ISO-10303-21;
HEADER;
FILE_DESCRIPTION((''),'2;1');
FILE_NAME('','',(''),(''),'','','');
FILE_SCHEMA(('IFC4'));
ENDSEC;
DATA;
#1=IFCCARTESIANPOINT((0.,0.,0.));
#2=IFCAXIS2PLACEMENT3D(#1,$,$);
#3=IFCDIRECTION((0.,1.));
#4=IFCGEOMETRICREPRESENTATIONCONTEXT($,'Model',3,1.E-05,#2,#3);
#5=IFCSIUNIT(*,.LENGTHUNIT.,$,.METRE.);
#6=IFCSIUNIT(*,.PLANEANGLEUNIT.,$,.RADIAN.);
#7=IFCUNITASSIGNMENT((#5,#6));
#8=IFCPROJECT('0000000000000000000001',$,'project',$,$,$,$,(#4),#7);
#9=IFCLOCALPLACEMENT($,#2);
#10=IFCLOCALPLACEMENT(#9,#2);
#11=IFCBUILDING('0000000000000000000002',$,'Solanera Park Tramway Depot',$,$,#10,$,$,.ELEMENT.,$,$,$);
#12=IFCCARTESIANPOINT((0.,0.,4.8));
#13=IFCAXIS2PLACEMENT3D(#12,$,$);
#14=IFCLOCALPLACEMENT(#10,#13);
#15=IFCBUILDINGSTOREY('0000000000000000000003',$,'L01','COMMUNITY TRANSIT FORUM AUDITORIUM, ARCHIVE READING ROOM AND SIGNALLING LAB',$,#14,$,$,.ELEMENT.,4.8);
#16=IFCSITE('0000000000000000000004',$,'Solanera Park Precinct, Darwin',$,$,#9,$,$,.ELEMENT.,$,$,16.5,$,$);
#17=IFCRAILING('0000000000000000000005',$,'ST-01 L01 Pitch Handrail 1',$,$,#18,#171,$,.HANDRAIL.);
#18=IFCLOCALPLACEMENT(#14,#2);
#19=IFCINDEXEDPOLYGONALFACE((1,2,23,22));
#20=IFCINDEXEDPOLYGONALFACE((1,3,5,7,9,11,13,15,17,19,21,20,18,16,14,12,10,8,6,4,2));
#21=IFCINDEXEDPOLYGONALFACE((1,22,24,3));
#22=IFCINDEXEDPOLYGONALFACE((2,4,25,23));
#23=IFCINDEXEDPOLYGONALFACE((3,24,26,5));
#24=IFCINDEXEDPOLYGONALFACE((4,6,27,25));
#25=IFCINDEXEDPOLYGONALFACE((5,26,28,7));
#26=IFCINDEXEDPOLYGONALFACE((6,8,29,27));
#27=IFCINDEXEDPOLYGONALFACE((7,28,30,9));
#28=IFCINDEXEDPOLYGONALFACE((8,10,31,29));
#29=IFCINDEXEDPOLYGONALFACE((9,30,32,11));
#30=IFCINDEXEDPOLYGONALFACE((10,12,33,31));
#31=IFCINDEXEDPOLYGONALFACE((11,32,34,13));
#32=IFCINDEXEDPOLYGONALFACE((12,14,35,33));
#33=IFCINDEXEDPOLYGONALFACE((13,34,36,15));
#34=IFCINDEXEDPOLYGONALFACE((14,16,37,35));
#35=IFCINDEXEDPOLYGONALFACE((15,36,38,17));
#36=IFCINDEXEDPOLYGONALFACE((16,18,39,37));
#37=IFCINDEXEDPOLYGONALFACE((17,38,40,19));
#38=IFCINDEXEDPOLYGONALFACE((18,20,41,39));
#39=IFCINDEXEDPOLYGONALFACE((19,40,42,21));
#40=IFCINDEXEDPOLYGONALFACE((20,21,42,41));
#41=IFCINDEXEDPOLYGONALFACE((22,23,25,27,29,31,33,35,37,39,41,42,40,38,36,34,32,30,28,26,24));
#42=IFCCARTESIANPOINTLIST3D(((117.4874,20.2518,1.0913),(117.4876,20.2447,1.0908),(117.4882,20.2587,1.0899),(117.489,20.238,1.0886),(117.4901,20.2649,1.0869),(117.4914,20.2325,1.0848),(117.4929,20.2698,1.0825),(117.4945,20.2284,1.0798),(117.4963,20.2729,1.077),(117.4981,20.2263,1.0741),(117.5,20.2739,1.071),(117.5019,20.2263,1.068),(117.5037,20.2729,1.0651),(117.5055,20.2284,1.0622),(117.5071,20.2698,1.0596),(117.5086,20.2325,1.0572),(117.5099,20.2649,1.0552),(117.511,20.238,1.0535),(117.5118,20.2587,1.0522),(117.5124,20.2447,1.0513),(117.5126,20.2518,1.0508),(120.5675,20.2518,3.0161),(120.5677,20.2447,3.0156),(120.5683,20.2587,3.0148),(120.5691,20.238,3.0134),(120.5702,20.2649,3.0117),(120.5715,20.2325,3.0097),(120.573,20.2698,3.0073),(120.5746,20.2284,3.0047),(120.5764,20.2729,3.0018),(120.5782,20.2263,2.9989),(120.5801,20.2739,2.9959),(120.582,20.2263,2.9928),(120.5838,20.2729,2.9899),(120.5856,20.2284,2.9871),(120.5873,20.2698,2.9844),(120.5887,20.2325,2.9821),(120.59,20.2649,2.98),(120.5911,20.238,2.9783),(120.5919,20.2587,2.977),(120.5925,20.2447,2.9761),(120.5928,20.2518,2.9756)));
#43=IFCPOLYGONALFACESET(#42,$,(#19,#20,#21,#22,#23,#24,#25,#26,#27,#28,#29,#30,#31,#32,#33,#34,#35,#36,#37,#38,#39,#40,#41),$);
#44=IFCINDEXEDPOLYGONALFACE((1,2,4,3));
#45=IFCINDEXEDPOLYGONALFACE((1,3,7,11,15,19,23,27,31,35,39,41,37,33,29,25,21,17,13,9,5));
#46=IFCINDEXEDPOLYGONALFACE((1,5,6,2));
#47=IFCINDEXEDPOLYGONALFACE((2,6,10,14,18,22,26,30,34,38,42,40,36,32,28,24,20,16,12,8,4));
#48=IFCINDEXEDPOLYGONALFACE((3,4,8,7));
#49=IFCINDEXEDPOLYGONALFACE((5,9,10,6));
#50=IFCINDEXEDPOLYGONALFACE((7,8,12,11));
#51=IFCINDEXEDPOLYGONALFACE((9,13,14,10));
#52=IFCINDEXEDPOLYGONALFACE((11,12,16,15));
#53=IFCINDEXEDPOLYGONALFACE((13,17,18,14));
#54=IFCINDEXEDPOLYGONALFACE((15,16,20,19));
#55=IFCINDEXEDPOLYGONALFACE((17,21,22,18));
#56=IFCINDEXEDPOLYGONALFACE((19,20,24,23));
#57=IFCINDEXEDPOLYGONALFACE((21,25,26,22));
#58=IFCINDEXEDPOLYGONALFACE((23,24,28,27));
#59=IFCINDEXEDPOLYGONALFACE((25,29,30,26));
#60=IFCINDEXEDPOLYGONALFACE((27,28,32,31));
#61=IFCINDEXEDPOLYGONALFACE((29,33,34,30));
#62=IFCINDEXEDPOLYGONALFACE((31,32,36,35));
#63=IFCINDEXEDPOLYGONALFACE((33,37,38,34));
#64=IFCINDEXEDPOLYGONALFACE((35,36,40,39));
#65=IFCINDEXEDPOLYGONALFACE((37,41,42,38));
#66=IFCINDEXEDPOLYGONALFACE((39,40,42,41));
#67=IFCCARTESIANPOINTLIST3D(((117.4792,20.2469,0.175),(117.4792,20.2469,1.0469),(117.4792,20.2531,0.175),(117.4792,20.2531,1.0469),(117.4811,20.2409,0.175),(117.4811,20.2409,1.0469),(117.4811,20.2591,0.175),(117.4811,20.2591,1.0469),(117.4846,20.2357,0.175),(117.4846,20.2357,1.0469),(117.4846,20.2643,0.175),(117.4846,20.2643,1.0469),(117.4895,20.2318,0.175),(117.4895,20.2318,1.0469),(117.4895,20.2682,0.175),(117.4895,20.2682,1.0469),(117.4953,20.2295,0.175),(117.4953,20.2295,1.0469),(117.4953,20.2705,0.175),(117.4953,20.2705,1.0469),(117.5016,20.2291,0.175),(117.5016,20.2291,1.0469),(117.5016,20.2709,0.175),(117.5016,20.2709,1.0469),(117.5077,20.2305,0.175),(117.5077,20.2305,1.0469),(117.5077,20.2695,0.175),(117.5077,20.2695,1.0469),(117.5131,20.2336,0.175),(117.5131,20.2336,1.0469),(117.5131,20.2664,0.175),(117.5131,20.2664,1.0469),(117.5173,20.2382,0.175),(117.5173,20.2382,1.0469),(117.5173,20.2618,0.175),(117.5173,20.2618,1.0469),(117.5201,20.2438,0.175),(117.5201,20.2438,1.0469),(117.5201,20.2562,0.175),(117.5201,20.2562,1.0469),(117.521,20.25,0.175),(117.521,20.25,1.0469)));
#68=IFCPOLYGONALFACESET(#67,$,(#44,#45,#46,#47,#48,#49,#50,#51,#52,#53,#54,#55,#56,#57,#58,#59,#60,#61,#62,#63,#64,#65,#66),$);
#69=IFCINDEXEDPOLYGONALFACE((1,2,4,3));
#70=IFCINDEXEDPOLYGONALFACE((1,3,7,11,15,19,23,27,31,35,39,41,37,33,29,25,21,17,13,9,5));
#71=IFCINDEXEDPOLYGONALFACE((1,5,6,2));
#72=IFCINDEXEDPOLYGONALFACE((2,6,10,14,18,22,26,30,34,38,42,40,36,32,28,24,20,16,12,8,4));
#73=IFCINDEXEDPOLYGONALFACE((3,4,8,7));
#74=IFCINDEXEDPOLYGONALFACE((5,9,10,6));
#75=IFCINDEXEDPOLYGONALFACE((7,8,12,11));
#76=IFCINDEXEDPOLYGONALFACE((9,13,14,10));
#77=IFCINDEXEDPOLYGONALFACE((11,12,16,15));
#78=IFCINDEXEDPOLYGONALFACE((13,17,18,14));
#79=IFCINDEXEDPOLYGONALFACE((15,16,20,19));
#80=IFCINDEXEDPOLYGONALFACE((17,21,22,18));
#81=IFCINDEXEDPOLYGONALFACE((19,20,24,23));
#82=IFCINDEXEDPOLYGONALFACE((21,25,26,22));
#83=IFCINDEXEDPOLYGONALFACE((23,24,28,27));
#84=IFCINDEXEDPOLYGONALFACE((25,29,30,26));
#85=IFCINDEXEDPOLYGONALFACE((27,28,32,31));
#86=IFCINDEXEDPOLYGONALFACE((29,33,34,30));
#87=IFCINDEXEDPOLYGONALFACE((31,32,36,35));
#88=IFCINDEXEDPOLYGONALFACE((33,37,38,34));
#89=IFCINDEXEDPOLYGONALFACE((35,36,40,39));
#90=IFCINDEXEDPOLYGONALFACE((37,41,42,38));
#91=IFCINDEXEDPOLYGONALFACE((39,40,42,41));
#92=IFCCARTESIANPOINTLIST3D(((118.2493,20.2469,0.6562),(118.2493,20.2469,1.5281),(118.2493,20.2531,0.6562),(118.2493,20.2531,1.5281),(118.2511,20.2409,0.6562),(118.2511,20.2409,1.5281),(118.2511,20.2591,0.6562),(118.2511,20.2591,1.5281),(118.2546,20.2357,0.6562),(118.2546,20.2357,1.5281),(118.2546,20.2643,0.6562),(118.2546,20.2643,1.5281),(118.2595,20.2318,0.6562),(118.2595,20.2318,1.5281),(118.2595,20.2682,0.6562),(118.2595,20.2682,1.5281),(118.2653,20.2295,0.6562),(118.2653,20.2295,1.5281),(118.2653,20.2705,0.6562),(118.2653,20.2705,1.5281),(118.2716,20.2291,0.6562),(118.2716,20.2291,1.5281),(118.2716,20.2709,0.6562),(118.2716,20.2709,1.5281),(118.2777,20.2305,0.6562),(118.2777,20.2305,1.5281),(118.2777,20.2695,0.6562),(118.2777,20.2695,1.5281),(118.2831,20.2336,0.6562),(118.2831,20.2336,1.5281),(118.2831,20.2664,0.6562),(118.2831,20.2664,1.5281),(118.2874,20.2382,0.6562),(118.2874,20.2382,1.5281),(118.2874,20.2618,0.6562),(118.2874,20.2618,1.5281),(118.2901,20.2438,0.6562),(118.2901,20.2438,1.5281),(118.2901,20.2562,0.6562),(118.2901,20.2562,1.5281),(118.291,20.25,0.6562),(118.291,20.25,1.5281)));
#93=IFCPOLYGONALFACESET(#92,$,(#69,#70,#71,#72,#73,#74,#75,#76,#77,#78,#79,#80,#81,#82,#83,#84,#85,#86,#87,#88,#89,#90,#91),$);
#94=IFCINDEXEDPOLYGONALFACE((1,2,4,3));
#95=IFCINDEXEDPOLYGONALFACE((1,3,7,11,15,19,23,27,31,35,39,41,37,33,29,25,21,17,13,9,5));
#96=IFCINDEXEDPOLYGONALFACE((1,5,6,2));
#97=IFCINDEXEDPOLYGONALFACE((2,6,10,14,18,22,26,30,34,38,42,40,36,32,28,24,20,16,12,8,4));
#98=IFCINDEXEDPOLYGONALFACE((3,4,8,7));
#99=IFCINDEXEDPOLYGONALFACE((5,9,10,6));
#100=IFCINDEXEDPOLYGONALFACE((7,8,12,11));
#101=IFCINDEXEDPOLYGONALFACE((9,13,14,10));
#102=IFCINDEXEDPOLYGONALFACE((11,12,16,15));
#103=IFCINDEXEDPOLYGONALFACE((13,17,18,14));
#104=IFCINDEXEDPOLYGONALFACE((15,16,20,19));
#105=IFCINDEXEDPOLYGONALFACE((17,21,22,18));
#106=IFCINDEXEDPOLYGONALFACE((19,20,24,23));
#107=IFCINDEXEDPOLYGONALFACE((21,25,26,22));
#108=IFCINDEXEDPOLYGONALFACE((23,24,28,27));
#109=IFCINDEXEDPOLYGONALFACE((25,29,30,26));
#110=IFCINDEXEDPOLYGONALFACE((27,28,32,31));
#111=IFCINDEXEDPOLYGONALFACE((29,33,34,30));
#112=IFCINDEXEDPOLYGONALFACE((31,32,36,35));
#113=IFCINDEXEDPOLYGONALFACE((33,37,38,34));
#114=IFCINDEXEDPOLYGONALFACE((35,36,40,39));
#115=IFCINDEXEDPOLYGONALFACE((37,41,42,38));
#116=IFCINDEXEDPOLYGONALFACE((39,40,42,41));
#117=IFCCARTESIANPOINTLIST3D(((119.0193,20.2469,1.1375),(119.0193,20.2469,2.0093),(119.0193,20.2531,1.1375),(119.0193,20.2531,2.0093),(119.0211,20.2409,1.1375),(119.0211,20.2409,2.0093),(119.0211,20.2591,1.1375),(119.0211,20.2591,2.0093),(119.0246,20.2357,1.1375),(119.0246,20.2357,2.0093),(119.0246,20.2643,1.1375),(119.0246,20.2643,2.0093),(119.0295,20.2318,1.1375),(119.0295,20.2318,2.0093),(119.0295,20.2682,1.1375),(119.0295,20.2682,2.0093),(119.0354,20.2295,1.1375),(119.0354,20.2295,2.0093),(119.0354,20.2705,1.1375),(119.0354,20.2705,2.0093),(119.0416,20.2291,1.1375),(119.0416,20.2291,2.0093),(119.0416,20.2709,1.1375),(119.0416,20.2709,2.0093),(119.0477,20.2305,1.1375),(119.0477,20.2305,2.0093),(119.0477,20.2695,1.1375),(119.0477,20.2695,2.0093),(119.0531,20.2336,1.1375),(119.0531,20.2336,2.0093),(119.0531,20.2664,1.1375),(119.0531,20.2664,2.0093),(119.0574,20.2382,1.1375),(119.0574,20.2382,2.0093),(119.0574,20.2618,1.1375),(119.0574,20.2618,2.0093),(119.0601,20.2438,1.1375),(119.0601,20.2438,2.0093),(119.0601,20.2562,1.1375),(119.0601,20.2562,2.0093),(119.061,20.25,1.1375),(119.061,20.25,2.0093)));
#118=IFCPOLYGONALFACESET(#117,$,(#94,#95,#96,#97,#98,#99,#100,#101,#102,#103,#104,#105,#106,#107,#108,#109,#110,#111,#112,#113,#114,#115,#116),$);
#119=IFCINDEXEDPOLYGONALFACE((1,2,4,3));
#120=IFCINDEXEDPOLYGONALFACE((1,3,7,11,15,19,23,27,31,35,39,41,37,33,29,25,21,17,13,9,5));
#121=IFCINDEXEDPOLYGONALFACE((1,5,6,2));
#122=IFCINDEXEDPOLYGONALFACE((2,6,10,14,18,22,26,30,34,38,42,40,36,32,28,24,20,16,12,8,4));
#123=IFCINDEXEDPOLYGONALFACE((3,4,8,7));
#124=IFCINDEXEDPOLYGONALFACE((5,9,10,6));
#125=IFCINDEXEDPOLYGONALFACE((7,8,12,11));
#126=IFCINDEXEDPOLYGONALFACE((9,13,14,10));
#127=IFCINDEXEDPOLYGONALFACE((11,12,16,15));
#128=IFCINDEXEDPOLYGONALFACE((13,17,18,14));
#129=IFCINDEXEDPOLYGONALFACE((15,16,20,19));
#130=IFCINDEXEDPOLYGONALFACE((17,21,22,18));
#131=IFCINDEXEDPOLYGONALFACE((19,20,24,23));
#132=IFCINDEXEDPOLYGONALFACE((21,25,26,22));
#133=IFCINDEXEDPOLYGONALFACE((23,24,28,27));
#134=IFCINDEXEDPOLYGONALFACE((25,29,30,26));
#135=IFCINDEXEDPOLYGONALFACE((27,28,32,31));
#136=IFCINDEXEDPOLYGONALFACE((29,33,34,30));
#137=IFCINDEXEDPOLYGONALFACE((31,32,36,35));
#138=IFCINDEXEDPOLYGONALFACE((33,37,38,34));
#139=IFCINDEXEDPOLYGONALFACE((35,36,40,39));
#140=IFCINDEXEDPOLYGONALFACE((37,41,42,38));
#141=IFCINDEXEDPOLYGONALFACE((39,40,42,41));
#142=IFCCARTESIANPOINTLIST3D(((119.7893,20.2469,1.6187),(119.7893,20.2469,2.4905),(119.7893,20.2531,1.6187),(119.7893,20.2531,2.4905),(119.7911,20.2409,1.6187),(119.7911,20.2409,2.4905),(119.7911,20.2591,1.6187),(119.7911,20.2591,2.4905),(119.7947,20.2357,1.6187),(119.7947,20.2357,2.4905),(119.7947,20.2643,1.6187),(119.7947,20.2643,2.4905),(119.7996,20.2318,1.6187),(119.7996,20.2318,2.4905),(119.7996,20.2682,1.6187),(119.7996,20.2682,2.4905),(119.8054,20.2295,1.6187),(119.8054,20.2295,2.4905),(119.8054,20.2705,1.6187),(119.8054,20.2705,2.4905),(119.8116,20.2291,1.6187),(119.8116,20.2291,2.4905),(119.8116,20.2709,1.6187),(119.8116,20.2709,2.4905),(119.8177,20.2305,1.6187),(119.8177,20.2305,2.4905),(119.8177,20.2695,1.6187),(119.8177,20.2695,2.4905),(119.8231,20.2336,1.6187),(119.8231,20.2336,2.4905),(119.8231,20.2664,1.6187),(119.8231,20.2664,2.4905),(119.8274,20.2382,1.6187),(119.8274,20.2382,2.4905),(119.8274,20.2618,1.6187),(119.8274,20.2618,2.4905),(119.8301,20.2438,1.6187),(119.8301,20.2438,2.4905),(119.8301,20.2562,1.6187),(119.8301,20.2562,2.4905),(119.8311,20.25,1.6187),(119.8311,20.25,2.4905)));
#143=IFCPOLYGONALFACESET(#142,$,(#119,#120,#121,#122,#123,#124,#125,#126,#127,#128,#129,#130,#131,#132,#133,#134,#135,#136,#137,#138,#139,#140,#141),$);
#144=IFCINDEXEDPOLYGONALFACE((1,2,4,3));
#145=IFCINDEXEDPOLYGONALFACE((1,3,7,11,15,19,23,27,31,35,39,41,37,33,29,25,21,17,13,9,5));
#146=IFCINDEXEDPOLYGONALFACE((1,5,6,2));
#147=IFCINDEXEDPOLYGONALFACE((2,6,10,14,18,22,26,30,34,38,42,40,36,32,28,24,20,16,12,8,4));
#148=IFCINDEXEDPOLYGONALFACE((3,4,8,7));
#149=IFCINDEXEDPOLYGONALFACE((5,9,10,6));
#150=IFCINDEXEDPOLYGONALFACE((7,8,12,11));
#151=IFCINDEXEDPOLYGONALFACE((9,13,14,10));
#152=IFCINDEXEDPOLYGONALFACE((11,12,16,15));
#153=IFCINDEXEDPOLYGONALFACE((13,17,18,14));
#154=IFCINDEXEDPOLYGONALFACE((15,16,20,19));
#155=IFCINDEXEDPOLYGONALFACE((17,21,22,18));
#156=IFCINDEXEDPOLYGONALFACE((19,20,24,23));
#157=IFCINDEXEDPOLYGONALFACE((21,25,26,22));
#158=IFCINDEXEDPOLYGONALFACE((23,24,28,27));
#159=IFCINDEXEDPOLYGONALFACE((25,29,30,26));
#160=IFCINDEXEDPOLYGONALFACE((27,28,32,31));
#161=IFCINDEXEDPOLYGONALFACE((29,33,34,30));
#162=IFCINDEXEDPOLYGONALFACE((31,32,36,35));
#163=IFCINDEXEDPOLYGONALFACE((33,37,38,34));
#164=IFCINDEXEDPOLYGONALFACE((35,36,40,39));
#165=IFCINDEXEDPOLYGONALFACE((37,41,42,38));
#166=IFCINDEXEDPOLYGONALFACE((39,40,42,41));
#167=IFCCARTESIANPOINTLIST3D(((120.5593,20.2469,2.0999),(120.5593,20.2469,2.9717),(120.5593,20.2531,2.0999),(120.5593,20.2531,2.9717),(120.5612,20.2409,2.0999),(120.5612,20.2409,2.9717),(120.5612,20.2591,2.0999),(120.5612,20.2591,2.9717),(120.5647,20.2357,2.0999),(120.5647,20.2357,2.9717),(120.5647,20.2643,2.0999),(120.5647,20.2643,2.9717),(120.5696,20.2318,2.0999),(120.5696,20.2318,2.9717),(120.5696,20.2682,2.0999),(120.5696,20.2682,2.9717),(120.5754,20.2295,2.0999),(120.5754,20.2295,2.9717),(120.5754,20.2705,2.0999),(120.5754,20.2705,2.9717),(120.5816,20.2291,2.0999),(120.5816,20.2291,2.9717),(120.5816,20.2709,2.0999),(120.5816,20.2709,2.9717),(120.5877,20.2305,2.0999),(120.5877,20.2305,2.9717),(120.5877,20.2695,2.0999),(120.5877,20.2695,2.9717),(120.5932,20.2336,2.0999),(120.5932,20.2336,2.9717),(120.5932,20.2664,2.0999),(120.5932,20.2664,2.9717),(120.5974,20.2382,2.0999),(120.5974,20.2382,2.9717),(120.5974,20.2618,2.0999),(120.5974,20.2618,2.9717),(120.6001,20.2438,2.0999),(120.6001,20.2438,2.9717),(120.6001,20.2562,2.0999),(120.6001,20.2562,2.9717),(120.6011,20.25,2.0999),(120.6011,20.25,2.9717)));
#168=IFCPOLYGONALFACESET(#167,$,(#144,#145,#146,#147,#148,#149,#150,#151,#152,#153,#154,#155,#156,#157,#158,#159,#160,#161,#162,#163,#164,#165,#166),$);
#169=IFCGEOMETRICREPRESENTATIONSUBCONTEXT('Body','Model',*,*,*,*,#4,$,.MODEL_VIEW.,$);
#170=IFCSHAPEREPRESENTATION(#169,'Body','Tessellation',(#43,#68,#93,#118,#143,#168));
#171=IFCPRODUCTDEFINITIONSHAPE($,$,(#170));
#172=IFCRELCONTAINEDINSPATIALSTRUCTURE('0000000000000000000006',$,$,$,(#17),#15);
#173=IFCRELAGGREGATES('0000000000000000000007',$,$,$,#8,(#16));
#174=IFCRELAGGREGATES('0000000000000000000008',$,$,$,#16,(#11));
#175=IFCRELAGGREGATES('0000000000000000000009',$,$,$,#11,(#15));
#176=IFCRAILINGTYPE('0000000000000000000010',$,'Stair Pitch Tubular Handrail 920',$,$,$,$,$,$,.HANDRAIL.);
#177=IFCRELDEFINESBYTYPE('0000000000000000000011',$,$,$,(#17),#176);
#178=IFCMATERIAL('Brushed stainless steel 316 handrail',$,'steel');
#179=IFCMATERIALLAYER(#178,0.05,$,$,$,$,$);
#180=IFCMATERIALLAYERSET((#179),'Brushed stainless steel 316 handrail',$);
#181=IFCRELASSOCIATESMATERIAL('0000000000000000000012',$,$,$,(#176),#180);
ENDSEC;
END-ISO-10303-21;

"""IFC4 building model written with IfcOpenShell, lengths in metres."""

from ifc_helpers import new_model, si_unit, direction, frame, origin, origin_2d, place, context, subcontext, project, spatial, circle, extrude, material, layer, layer_set, type_object, element, save


model = new_model("IFC4")

# Units and contexts
model_context = context("Model", 3, precision=1e-05, world=origin(), true_north=direction((0.0, 1.0)))
body_context = subcontext(model_context, "Body", "Model", "MODEL_VIEW")
ifc_project = project(units=[si_unit("LENGTHUNIT", "METRE"), si_unit("PLANEANGLEUNIT", "RADIAN")], contexts=[model_context])

# Site, building, storey
site_placement = place(None, origin())
site = spatial("IfcSite", under=ifc_project, at=site_placement, Name="Solanera Park Precinct, Darwin", CompositionType="ELEMENT", RefElevation=16.5)
building_placement = place(site_placement, origin())
building = spatial("IfcBuilding", under=site, at=building_placement, Name="Solanera Park Tramway Depot", CompositionType="ELEMENT")
storey_placement = place(building_placement, frame((0.0, 0.0, 4.8)))
storey = spatial("IfcBuildingStorey", under=building, at=storey_placement, Name="L01", Description="COMMUNITY TRANSIT FORUM AUDITORIUM, ARCHIVE READING ROOM AND SIGNALLING LAB", CompositionType="ELEMENT", Elevation=4.8)

# Railing
ifc_material_1 = material(Name="Brushed stainless steel 316 handrail", Category="steel")
ifc_layer_1 = layer(ifc_material_1, 0.05)
ifc_layer_set_1 = layer_set([ifc_layer_1], Name="Brushed stainless steel 316 handrail")
railing_type_1 = type_object("IfcRailingType", Name="Stair Pitch Tubular Handrail 920", PredefinedType="HANDRAIL", material=ifc_layer_set_1)
railing_1_placement = place(storey_placement, frame((117.5, 20.25, 0.175)))
element("IfcRailing", 1, at=railing_1_placement, inside=storey, type_object=railing_type_1, Name="ST-01 L01 Pitch Handrail 1", PredefinedType="HANDRAIL", context=body_context, shape_type="SweptSolid", body=[
    extrude(circle(Radius=0.0239, at=origin_2d()), frame((0.0, 0.0, 0.896), z_axis=(0.848029, 0.0, 0.529951), x_axis=(0.0, 1.0, 0.0)), (0.0, 0.0, 1.0), 3.6321),
    extrude(circle(Radius=0.021, at=origin_2d()), origin(), (0.0, 0.0, 1.0), 0.8718),
    extrude(circle(Radius=0.021, at=origin_2d()), frame((0.77, 0.0, 0.4812)), (0.0, 0.0, 1.0), 0.8718),
    extrude(circle(Radius=0.021, at=origin_2d()), frame((1.54, 0.0, 0.9624)), (0.0, 0.0, 1.0), 0.8718),
    extrude(circle(Radius=0.021, at=origin_2d()), frame((2.3101, 0.0, 1.4436)), (0.0, 0.0, 1.0), 0.8718),
    extrude(circle(Radius=0.021, at=origin_2d()), frame((3.0801, 0.0, 1.9248)), (0.0, 0.0, 1.0), 0.8718),
])

save(model, "model.ifc")
